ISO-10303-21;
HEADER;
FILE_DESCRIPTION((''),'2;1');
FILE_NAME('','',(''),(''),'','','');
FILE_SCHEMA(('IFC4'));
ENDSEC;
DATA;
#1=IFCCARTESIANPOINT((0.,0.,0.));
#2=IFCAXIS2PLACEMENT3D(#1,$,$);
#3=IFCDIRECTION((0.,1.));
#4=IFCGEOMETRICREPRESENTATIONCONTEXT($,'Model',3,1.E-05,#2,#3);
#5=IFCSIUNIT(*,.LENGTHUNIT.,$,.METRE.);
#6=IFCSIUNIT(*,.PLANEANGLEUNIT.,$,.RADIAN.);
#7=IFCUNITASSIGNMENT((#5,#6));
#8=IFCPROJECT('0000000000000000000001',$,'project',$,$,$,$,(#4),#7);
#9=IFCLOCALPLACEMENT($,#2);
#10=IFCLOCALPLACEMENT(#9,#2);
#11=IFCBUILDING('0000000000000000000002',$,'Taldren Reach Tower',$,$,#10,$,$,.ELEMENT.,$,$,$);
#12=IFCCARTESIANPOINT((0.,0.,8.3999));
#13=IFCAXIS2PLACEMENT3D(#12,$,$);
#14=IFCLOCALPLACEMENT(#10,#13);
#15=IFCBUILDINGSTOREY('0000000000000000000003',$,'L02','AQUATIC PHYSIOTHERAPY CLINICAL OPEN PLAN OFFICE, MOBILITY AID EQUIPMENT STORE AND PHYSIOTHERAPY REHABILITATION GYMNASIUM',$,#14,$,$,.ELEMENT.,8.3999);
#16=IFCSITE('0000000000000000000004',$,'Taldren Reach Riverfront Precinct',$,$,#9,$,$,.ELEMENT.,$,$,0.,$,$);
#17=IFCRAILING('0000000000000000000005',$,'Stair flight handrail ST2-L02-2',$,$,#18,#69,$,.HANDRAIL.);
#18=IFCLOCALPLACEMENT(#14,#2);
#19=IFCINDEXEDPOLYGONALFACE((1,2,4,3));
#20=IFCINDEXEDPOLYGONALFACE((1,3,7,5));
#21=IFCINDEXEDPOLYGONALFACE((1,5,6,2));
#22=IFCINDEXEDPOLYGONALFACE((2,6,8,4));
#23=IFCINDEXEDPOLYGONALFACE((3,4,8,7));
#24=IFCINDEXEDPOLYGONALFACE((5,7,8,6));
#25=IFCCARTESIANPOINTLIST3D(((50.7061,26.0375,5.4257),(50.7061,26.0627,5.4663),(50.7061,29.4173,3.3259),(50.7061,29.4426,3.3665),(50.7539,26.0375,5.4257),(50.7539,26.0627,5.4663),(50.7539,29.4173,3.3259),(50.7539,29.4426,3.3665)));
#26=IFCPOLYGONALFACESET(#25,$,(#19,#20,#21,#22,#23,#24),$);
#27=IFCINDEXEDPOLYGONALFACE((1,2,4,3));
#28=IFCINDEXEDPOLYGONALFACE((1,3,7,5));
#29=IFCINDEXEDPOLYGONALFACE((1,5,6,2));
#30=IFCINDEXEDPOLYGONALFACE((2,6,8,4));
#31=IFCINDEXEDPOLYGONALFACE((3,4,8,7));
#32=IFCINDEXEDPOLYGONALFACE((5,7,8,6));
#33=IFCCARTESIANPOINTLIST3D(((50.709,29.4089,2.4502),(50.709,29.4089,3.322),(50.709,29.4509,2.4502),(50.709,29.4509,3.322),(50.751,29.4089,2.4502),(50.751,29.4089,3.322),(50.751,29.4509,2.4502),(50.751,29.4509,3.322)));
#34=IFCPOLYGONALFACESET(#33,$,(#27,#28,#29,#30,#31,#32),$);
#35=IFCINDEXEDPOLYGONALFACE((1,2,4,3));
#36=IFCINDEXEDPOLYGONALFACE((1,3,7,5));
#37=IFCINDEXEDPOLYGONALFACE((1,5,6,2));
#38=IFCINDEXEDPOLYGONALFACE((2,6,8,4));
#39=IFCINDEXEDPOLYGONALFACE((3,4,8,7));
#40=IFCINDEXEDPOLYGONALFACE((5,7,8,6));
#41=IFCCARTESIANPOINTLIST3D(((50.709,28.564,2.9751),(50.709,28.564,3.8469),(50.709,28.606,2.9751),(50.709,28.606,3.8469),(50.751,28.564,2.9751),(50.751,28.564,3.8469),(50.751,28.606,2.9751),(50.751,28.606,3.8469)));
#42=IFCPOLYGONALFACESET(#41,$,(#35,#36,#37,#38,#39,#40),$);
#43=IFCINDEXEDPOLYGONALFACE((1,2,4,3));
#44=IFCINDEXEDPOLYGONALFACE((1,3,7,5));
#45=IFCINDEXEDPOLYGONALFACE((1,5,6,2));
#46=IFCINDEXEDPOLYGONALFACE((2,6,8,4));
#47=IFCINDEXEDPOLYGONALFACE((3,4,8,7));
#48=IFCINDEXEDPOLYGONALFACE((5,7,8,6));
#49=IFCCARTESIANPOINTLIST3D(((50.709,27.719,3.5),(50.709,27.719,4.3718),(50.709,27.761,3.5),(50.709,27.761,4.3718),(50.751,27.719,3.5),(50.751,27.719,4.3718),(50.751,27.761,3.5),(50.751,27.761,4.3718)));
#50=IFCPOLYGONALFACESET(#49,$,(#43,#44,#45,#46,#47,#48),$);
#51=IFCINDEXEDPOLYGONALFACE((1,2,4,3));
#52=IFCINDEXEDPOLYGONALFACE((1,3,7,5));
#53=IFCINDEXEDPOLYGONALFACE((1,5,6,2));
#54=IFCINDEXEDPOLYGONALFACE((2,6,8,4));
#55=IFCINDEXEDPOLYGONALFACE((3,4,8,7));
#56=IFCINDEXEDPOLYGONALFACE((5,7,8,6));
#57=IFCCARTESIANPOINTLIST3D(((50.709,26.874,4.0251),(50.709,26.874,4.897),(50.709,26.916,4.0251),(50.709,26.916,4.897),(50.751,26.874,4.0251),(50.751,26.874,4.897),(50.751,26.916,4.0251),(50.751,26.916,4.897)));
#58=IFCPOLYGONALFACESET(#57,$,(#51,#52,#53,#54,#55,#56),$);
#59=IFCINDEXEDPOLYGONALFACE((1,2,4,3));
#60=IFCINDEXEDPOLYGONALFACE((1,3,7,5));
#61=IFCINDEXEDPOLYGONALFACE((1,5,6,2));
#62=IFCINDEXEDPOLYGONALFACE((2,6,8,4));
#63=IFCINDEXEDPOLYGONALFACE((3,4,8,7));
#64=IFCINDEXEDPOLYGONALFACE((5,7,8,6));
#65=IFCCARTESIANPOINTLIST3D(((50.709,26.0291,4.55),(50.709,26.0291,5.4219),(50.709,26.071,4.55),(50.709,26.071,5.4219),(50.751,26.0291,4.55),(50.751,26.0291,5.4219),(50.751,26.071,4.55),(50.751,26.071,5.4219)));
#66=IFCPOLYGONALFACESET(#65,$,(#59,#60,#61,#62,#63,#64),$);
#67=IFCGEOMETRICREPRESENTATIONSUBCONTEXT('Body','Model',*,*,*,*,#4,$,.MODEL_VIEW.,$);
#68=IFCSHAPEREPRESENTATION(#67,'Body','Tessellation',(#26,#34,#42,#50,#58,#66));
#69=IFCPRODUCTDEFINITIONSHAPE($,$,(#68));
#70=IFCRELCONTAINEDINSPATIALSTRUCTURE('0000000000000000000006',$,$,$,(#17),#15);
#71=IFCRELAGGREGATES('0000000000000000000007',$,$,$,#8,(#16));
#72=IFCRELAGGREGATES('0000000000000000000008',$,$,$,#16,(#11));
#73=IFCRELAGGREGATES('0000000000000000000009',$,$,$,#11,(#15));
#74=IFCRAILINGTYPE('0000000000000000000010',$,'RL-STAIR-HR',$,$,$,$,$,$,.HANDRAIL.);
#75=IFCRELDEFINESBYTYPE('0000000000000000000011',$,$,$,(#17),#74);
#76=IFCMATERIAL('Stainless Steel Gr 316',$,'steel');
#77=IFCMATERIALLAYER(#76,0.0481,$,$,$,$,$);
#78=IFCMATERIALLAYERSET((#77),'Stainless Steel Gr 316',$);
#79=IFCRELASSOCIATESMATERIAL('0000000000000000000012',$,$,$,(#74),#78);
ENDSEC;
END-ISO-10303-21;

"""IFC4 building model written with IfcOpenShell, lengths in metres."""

from ifc_helpers import new_model, si_unit, direction, frame, origin, origin_2d, place, context, subcontext, project, spatial, rectangle, extrude, material, layer, layer_set, type_object, element, save


model = new_model("IFC4")

# Units and contexts
model_context = context("Model", 3, precision=1e-05, world=origin(), true_north=direction((0.0, 1.0)))
body_context = subcontext(model_context, "Body", "Model", "MODEL_VIEW")
ifc_project = project(units=[si_unit("LENGTHUNIT", "METRE"), si_unit("PLANEANGLEUNIT", "RADIAN")], contexts=[model_context])

# Site, building, storey
site_placement = place(None, origin())
site = spatial("IfcSite", under=ifc_project, at=site_placement, Name="Taldren Reach Riverfront Precinct", CompositionType="ELEMENT", RefElevation=0.0)
building_placement = place(site_placement, origin())
building = spatial("IfcBuilding", under=site, at=building_placement, Name="Taldren Reach Tower", CompositionType="ELEMENT")
storey_placement = place(building_placement, frame((0.0, 0.0, 8.3999)))
storey = spatial("IfcBuildingStorey", under=building, at=storey_placement, Name="L02", Description="AQUATIC PHYSIOTHERAPY CLINICAL OPEN PLAN OFFICE, MOBILITY AID EQUIPMENT STORE AND PHYSIOTHERAPY REHABILITATION GYMNASIUM", CompositionType="ELEMENT", Elevation=8.3999)

# Railing
ifc_material_1 = material(Name="Stainless Steel Gr 316", Category="steel")
ifc_layer_1 = layer(ifc_material_1, 0.0481)
ifc_layer_set_1 = layer_set([ifc_layer_1], Name="Stainless Steel Gr 316")
railing_type_1 = type_object("IfcRailingType", Name="RL-STAIR-HR", PredefinedType="HANDRAIL", material=ifc_layer_set_1)
railing_1_placement = place(storey_placement, frame((50.73, 29.4299, 2.4502)))
element("IfcRailing", 1, at=railing_1_placement, inside=storey, type_object=railing_type_1, Name="Stair flight handrail ST2-L02-2", PredefinedType="HANDRAIL", context=body_context, shape_type="SweptSolid", body=[
    extrude(rectangle(XDim=0.0479, YDim=0.0479, at=origin_2d()), frame((0.0, 0.0, 0.896), z_axis=(0.0, -0.849415, 0.527725), x_axis=(1.0, 0.0, 0.0)), (0.0, 0.0, 1.0), 3.979),
    extrude(rectangle(XDim=0.042, YDim=0.042, at=origin_2d()), origin(), (0.0, 0.0, 1.0), 0.8718),
    extrude(rectangle(XDim=0.042, YDim=0.042, at=origin_2d()), frame((0.0, -0.845, 0.5249)), (0.0, 0.0, 1.0), 0.8718),
    extrude(rectangle(XDim=0.042, YDim=0.042, at=origin_2d()), frame((0.0, -1.6899, 1.0498)), (0.0, 0.0, 1.0), 0.8718),
    extrude(rectangle(XDim=0.042, YDim=0.042, at=origin_2d()), frame((0.0, -2.5349, 1.575)), (0.0, 0.0, 1.0), 0.8718),
    extrude(rectangle(XDim=0.042, YDim=0.042, at=origin_2d()), frame((0.0, -3.3799, 2.0999)), (0.0, 0.0, 1.0), 0.8718),
])

save(model, "model.ifc")
